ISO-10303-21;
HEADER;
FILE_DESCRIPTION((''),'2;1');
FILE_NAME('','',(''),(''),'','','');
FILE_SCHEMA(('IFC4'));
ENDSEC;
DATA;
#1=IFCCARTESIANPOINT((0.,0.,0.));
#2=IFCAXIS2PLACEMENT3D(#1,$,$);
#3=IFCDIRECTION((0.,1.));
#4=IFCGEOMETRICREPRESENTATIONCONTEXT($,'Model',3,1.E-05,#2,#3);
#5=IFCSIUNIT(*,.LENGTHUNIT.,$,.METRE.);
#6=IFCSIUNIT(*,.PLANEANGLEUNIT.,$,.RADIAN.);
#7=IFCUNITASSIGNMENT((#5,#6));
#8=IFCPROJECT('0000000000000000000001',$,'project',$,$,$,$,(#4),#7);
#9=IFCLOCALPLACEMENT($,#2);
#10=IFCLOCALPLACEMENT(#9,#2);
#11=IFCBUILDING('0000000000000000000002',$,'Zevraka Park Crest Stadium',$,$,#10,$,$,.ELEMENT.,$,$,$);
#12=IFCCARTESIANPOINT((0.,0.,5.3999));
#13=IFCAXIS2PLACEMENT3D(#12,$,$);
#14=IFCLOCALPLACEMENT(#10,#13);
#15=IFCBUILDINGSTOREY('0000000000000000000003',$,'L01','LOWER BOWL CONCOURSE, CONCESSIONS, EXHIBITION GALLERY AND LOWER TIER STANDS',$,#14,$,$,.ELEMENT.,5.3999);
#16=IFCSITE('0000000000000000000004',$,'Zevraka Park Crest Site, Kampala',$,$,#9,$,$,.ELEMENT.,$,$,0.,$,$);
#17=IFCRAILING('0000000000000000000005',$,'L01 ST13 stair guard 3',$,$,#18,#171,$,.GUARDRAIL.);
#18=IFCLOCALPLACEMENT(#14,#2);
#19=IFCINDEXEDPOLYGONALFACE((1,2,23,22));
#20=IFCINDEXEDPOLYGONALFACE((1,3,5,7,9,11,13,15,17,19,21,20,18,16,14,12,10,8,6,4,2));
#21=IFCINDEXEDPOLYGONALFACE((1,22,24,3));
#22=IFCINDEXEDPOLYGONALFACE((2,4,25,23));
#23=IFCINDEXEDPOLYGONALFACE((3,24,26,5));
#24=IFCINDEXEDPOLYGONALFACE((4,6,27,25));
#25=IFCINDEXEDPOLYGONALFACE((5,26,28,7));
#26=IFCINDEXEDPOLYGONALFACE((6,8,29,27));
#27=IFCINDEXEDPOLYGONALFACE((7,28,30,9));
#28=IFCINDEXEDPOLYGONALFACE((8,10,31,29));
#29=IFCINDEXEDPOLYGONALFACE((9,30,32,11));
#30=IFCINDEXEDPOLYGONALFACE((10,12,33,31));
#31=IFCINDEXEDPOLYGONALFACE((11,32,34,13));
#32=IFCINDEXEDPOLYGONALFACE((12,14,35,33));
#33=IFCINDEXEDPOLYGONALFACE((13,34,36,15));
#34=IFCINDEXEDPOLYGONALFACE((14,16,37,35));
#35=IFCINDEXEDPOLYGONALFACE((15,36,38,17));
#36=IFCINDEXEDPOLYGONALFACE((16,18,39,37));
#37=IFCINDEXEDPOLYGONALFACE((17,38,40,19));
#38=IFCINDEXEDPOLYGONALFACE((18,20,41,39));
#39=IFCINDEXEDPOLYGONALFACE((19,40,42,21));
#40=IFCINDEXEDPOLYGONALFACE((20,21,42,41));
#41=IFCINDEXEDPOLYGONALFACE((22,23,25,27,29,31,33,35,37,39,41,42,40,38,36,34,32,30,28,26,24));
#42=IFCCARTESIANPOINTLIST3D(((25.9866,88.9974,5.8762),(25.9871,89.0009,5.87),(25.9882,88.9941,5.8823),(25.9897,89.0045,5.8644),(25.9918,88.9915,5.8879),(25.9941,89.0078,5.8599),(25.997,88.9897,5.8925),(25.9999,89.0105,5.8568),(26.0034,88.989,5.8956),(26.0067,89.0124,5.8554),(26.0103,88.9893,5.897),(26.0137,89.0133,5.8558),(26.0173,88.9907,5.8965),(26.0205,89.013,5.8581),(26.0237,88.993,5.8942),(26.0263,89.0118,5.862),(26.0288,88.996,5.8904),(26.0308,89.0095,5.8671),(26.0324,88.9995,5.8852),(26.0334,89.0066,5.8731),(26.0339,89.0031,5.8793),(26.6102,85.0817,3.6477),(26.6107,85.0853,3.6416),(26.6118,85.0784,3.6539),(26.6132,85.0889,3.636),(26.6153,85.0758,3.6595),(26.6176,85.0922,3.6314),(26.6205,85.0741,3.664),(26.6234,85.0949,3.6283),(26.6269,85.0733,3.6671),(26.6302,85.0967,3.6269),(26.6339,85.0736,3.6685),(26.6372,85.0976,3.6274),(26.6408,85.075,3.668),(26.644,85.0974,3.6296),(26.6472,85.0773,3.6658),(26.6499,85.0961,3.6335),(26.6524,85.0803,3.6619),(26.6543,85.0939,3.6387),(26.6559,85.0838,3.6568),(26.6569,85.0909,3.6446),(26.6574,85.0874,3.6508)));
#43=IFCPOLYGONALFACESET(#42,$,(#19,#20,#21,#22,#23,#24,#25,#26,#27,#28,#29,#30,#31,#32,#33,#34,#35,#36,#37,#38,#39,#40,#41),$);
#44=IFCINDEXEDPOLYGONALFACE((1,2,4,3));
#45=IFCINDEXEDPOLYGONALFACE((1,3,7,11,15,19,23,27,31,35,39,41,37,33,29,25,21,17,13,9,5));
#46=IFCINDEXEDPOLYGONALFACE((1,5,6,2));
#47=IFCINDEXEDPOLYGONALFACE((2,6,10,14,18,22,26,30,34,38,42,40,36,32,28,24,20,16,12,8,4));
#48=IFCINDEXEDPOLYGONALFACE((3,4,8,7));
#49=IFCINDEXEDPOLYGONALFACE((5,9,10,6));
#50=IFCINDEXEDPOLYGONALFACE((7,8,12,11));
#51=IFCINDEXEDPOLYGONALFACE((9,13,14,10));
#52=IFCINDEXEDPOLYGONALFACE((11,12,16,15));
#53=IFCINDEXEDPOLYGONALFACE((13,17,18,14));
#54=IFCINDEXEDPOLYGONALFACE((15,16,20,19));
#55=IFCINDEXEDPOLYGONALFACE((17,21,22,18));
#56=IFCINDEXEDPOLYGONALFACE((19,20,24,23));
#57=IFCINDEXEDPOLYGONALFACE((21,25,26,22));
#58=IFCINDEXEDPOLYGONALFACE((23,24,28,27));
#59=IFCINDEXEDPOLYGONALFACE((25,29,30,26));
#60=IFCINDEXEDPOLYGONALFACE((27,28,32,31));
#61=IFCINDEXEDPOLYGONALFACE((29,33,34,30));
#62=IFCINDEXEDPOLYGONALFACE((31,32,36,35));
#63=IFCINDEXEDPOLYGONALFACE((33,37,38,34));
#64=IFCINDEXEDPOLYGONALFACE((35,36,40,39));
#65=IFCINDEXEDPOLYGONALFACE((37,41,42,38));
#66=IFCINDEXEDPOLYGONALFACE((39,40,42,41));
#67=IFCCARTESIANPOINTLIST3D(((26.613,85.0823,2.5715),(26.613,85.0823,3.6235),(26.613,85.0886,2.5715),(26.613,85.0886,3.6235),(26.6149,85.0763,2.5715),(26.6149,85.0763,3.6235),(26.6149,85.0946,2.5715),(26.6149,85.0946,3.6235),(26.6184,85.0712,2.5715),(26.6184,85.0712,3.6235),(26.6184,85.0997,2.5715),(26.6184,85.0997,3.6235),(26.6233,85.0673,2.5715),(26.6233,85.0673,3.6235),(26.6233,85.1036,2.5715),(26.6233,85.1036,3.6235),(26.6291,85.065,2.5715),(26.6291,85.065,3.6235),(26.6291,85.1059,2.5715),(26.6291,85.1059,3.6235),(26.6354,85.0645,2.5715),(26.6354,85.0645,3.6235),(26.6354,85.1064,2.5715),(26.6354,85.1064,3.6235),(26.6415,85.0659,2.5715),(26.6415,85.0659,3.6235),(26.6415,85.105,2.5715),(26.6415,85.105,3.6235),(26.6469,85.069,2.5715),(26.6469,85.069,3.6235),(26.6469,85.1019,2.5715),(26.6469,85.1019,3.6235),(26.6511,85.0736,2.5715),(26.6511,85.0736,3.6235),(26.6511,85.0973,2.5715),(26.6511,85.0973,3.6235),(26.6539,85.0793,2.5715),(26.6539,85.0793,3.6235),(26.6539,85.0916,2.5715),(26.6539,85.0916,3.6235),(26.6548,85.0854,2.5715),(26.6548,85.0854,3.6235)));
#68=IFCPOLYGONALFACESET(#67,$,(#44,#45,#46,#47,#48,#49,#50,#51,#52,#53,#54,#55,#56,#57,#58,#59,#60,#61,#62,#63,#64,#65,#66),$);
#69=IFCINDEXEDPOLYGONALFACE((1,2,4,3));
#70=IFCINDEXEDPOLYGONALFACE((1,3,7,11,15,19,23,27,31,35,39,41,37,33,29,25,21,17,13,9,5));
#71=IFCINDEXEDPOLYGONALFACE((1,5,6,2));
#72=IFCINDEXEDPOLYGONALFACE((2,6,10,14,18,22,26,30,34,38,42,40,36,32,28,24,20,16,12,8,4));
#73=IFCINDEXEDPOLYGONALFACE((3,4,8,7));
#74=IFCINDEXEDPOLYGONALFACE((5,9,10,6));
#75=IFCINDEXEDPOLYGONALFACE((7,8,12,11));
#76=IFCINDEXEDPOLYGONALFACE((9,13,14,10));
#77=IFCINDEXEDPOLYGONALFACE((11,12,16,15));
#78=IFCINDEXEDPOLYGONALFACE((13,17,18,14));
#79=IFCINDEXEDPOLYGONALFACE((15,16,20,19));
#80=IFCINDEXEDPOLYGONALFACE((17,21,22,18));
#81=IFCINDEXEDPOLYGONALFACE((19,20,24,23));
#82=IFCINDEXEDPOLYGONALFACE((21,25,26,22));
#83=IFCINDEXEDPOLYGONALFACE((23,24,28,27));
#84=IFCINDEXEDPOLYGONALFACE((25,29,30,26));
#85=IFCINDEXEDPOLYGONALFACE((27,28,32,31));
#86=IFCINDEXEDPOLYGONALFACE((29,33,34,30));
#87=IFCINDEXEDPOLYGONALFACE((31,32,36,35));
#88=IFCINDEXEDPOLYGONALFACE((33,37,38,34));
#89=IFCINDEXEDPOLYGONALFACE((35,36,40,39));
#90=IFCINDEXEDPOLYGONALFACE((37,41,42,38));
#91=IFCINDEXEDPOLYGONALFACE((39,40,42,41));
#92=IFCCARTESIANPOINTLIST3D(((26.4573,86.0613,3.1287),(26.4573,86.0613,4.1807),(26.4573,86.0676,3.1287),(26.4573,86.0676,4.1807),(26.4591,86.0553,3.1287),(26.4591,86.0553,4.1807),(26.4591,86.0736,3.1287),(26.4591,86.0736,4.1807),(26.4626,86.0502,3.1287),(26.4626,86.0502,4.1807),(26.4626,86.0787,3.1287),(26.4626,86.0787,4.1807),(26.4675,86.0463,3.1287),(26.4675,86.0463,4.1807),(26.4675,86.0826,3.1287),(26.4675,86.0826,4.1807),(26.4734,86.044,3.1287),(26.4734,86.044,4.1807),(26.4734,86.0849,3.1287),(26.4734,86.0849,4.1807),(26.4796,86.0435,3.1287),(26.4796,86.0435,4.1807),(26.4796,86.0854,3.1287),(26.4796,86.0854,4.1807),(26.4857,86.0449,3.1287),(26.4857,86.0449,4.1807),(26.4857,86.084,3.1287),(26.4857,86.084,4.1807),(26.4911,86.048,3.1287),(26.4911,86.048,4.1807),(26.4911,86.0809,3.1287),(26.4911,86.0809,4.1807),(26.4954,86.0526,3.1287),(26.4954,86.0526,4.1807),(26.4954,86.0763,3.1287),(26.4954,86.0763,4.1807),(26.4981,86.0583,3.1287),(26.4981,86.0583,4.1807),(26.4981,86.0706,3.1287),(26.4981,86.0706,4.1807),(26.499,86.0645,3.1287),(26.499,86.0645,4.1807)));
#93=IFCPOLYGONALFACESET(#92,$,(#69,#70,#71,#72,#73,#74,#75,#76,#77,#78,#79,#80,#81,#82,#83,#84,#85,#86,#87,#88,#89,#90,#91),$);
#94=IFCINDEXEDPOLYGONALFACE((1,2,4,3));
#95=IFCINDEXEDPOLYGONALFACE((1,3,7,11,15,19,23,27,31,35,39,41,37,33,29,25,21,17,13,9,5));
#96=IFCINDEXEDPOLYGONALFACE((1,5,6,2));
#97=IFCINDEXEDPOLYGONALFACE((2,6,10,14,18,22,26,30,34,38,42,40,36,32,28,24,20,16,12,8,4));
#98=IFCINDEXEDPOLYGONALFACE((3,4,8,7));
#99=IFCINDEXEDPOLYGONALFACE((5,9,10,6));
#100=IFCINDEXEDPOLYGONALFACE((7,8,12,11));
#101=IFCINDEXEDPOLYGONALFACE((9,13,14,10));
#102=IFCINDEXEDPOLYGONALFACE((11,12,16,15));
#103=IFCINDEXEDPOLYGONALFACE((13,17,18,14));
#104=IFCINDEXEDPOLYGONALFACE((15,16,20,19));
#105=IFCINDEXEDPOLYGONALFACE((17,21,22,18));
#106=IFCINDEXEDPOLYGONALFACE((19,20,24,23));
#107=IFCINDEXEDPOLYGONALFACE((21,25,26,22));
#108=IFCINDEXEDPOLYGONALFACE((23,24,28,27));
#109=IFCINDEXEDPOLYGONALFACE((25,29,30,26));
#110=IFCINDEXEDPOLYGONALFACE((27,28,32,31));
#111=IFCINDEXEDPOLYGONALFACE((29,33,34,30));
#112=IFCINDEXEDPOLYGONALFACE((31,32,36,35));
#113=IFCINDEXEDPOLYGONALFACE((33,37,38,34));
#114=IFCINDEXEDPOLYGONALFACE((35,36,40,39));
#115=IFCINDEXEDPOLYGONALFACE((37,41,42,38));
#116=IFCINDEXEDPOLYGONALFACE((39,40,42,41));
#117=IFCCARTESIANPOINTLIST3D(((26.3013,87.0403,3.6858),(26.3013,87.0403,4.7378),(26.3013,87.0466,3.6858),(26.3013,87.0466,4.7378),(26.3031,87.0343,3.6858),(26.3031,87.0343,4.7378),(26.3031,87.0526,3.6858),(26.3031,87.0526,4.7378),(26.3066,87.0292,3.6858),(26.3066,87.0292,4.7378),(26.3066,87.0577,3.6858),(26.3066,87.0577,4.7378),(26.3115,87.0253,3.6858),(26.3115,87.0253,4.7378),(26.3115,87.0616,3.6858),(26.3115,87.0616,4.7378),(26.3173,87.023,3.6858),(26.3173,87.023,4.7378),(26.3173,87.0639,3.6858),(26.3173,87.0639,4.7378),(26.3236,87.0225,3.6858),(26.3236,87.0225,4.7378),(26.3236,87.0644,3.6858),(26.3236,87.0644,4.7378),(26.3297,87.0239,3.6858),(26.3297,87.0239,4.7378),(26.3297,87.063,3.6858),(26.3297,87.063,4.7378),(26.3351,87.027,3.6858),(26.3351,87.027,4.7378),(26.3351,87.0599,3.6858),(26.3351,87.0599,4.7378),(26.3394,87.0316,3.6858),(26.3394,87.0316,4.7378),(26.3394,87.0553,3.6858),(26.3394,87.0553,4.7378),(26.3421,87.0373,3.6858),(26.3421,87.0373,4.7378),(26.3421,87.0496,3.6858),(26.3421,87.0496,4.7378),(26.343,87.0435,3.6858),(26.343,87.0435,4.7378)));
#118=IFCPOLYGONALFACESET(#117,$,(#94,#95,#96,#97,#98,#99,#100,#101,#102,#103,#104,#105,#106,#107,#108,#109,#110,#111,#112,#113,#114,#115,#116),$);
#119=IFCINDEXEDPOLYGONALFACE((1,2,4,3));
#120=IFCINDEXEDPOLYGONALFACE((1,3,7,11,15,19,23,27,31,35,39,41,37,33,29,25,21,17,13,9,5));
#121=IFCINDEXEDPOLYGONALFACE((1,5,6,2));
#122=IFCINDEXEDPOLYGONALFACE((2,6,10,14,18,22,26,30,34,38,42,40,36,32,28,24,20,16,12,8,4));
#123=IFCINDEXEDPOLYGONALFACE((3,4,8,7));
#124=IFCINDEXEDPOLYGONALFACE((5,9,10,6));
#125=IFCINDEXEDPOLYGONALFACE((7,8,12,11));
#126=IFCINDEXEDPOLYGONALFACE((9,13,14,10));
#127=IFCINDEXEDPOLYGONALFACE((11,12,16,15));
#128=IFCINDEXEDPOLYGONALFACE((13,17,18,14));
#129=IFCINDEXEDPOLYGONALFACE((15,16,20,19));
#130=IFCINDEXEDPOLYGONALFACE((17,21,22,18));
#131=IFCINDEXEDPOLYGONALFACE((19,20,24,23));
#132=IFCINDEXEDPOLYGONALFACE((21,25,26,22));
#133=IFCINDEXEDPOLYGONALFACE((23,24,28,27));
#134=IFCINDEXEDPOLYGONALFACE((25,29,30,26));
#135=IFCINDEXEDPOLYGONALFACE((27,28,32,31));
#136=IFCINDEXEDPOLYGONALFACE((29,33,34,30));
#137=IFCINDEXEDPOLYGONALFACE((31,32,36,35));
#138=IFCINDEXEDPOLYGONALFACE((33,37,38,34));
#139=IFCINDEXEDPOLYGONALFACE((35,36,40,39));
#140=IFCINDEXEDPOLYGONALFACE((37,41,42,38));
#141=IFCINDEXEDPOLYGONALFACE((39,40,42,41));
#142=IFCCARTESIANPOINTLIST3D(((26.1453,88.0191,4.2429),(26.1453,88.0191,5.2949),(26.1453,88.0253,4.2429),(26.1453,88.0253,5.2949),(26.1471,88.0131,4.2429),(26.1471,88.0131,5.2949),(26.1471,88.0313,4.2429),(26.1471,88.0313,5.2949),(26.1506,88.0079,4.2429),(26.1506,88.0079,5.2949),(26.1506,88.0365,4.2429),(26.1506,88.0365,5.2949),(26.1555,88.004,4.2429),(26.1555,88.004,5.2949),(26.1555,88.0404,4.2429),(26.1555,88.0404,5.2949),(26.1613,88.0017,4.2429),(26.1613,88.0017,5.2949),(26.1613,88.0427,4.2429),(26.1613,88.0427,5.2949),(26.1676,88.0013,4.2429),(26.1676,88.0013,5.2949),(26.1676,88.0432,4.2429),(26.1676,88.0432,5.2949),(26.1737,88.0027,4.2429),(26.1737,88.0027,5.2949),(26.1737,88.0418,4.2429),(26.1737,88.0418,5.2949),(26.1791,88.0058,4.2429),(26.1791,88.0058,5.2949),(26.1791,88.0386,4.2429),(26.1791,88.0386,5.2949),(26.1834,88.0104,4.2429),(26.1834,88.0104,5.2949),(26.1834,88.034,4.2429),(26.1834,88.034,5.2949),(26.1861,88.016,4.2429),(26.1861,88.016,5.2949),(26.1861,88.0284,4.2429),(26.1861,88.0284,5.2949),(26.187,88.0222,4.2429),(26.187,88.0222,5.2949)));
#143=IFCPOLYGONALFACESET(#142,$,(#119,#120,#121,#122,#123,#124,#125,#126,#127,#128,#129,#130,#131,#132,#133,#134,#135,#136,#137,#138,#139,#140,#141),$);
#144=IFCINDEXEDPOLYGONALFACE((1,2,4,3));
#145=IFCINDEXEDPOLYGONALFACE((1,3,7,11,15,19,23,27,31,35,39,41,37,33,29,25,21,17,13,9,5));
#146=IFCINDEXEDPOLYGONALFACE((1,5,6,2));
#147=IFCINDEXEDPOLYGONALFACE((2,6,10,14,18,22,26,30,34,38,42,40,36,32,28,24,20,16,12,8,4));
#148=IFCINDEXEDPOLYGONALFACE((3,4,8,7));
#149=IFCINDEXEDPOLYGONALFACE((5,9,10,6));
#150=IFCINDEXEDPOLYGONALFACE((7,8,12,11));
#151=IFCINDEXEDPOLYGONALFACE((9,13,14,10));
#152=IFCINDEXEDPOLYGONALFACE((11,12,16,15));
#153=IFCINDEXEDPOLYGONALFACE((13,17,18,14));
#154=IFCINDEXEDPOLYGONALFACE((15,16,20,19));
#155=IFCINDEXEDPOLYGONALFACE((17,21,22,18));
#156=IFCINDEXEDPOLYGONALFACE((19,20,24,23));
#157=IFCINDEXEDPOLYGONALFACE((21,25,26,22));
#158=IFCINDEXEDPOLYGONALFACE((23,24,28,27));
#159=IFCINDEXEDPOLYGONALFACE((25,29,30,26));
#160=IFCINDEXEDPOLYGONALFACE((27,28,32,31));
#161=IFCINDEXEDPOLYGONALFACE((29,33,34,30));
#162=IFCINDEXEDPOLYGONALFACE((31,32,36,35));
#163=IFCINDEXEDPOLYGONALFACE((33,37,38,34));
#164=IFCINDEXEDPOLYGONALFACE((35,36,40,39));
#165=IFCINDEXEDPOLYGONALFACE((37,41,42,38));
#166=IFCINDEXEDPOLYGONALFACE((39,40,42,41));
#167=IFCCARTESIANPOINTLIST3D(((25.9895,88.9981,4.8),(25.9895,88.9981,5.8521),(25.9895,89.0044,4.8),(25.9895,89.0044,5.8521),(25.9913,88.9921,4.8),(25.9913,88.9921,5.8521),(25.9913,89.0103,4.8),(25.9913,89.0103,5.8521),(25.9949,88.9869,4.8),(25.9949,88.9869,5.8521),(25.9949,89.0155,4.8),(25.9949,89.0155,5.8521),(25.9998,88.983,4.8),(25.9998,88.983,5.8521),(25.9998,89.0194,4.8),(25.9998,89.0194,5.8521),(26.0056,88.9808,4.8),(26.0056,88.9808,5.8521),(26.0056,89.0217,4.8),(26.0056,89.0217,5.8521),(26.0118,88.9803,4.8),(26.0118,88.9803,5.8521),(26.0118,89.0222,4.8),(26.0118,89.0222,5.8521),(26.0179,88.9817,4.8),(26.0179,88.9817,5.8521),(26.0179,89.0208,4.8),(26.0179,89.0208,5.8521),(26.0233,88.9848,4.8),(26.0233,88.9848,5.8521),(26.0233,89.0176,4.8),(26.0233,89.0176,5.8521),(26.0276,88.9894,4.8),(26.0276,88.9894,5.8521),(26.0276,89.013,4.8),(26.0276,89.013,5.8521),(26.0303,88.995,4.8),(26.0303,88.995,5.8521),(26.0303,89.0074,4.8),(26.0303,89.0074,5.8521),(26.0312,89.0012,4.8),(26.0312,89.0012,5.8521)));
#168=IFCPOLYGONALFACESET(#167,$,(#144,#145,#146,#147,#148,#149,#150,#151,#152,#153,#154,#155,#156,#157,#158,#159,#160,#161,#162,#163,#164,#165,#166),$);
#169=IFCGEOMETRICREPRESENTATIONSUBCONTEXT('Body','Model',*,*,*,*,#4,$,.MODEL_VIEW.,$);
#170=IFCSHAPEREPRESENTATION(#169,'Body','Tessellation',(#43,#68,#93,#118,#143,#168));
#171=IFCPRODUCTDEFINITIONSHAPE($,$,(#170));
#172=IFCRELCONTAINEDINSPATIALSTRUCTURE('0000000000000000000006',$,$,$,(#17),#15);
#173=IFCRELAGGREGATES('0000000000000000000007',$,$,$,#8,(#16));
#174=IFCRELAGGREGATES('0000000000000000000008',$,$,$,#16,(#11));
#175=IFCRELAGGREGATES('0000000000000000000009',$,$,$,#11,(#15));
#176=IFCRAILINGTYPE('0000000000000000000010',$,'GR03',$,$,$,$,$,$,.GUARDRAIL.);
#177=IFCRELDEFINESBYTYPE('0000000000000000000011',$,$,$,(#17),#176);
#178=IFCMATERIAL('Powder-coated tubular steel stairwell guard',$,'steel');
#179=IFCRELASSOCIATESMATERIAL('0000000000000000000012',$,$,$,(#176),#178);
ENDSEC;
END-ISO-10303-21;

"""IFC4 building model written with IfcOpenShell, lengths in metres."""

from ifc_helpers import new_model, si_unit, direction, frame, origin, origin_2d, place, context, subcontext, project, spatial, circle, extrude, material, type_object, element, save


model = new_model("IFC4")

# Units and contexts
model_context = context("Model", 3, precision=1e-05, world=origin(), true_north=direction((0.0, 1.0)))
body_context = subcontext(model_context, "Body", "Model", "MODEL_VIEW")
ifc_project = project(units=[si_unit("LENGTHUNIT", "METRE"), si_unit("PLANEANGLEUNIT", "RADIAN")], contexts=[model_context])

# Site, building, storey
site_placement = place(None, origin())
site = spatial("IfcSite", under=ifc_project, at=site_placement, Name="Zevraka Park Crest Site, Kampala", CompositionType="ELEMENT", RefElevation=0.0)
building_placement = place(site_placement, origin())
building = spatial("IfcBuilding", under=site, at=building_placement, Name="Zevraka Park Crest Stadium", CompositionType="ELEMENT")
storey_placement = place(building_placement, frame((0.0, 0.0, 5.3999)))
storey = spatial("IfcBuildingStorey", under=building, at=storey_placement, Name="L01", Description="LOWER BOWL CONCOURSE, CONCESSIONS, EXHIBITION GALLERY AND LOWER TIER STANDS", CompositionType="ELEMENT", Elevation=5.3999)

# Railing
ifc_material_1 = material(Name="Powder-coated tubular steel stairwell guard", Category="steel")
railing_type_1 = type_object("IfcRailingType", Name="GR03", PredefinedType="GUARDRAIL", material=ifc_material_1)
railing_1_placement = place(storey_placement, frame((26.6338, 85.0854, 2.5715)))
element("IfcRailing", 1, at=railing_1_placement, inside=storey, type_object=railing_type_1, Name="L01 ST13 stair guard 3", PredefinedType="GUARDRAIL", context=body_context, shape_type="SweptSolid", body=[
    extrude(circle(Radius=0.0239, at=origin_2d()), frame((0.0, 0.0, 1.0762), z_axis=(-0.137088, 0.860903, 0.489951), x_axis=(-0.987558, -0.157256, 0.0)), (0.0, 0.0, 1.0), 4.5483),
    extrude(circle(Radius=0.021, at=origin_2d()), origin(), (0.0, 0.0, 1.0), 1.052),
    extrude(circle(Radius=0.021, at=origin_2d()), frame((-0.1558, 0.979, 0.5571)), (0.0, 0.0, 1.0), 1.052),
    extrude(circle(Radius=0.021, at=origin_2d()), frame((-0.3118, 1.958, 1.1143)), (0.0, 0.0, 1.0), 1.052),
    extrude(circle(Radius=0.021, at=origin_2d()), frame((-0.4678, 2.9368, 1.6714)), (0.0, 0.0, 1.0), 1.052),
    extrude(circle(Radius=0.021, at=origin_2d()), frame((-0.6235, 3.9158, 2.2285)), (0.0, 0.0, 1.0), 1.052),
])

save(model, "model.ifc")
